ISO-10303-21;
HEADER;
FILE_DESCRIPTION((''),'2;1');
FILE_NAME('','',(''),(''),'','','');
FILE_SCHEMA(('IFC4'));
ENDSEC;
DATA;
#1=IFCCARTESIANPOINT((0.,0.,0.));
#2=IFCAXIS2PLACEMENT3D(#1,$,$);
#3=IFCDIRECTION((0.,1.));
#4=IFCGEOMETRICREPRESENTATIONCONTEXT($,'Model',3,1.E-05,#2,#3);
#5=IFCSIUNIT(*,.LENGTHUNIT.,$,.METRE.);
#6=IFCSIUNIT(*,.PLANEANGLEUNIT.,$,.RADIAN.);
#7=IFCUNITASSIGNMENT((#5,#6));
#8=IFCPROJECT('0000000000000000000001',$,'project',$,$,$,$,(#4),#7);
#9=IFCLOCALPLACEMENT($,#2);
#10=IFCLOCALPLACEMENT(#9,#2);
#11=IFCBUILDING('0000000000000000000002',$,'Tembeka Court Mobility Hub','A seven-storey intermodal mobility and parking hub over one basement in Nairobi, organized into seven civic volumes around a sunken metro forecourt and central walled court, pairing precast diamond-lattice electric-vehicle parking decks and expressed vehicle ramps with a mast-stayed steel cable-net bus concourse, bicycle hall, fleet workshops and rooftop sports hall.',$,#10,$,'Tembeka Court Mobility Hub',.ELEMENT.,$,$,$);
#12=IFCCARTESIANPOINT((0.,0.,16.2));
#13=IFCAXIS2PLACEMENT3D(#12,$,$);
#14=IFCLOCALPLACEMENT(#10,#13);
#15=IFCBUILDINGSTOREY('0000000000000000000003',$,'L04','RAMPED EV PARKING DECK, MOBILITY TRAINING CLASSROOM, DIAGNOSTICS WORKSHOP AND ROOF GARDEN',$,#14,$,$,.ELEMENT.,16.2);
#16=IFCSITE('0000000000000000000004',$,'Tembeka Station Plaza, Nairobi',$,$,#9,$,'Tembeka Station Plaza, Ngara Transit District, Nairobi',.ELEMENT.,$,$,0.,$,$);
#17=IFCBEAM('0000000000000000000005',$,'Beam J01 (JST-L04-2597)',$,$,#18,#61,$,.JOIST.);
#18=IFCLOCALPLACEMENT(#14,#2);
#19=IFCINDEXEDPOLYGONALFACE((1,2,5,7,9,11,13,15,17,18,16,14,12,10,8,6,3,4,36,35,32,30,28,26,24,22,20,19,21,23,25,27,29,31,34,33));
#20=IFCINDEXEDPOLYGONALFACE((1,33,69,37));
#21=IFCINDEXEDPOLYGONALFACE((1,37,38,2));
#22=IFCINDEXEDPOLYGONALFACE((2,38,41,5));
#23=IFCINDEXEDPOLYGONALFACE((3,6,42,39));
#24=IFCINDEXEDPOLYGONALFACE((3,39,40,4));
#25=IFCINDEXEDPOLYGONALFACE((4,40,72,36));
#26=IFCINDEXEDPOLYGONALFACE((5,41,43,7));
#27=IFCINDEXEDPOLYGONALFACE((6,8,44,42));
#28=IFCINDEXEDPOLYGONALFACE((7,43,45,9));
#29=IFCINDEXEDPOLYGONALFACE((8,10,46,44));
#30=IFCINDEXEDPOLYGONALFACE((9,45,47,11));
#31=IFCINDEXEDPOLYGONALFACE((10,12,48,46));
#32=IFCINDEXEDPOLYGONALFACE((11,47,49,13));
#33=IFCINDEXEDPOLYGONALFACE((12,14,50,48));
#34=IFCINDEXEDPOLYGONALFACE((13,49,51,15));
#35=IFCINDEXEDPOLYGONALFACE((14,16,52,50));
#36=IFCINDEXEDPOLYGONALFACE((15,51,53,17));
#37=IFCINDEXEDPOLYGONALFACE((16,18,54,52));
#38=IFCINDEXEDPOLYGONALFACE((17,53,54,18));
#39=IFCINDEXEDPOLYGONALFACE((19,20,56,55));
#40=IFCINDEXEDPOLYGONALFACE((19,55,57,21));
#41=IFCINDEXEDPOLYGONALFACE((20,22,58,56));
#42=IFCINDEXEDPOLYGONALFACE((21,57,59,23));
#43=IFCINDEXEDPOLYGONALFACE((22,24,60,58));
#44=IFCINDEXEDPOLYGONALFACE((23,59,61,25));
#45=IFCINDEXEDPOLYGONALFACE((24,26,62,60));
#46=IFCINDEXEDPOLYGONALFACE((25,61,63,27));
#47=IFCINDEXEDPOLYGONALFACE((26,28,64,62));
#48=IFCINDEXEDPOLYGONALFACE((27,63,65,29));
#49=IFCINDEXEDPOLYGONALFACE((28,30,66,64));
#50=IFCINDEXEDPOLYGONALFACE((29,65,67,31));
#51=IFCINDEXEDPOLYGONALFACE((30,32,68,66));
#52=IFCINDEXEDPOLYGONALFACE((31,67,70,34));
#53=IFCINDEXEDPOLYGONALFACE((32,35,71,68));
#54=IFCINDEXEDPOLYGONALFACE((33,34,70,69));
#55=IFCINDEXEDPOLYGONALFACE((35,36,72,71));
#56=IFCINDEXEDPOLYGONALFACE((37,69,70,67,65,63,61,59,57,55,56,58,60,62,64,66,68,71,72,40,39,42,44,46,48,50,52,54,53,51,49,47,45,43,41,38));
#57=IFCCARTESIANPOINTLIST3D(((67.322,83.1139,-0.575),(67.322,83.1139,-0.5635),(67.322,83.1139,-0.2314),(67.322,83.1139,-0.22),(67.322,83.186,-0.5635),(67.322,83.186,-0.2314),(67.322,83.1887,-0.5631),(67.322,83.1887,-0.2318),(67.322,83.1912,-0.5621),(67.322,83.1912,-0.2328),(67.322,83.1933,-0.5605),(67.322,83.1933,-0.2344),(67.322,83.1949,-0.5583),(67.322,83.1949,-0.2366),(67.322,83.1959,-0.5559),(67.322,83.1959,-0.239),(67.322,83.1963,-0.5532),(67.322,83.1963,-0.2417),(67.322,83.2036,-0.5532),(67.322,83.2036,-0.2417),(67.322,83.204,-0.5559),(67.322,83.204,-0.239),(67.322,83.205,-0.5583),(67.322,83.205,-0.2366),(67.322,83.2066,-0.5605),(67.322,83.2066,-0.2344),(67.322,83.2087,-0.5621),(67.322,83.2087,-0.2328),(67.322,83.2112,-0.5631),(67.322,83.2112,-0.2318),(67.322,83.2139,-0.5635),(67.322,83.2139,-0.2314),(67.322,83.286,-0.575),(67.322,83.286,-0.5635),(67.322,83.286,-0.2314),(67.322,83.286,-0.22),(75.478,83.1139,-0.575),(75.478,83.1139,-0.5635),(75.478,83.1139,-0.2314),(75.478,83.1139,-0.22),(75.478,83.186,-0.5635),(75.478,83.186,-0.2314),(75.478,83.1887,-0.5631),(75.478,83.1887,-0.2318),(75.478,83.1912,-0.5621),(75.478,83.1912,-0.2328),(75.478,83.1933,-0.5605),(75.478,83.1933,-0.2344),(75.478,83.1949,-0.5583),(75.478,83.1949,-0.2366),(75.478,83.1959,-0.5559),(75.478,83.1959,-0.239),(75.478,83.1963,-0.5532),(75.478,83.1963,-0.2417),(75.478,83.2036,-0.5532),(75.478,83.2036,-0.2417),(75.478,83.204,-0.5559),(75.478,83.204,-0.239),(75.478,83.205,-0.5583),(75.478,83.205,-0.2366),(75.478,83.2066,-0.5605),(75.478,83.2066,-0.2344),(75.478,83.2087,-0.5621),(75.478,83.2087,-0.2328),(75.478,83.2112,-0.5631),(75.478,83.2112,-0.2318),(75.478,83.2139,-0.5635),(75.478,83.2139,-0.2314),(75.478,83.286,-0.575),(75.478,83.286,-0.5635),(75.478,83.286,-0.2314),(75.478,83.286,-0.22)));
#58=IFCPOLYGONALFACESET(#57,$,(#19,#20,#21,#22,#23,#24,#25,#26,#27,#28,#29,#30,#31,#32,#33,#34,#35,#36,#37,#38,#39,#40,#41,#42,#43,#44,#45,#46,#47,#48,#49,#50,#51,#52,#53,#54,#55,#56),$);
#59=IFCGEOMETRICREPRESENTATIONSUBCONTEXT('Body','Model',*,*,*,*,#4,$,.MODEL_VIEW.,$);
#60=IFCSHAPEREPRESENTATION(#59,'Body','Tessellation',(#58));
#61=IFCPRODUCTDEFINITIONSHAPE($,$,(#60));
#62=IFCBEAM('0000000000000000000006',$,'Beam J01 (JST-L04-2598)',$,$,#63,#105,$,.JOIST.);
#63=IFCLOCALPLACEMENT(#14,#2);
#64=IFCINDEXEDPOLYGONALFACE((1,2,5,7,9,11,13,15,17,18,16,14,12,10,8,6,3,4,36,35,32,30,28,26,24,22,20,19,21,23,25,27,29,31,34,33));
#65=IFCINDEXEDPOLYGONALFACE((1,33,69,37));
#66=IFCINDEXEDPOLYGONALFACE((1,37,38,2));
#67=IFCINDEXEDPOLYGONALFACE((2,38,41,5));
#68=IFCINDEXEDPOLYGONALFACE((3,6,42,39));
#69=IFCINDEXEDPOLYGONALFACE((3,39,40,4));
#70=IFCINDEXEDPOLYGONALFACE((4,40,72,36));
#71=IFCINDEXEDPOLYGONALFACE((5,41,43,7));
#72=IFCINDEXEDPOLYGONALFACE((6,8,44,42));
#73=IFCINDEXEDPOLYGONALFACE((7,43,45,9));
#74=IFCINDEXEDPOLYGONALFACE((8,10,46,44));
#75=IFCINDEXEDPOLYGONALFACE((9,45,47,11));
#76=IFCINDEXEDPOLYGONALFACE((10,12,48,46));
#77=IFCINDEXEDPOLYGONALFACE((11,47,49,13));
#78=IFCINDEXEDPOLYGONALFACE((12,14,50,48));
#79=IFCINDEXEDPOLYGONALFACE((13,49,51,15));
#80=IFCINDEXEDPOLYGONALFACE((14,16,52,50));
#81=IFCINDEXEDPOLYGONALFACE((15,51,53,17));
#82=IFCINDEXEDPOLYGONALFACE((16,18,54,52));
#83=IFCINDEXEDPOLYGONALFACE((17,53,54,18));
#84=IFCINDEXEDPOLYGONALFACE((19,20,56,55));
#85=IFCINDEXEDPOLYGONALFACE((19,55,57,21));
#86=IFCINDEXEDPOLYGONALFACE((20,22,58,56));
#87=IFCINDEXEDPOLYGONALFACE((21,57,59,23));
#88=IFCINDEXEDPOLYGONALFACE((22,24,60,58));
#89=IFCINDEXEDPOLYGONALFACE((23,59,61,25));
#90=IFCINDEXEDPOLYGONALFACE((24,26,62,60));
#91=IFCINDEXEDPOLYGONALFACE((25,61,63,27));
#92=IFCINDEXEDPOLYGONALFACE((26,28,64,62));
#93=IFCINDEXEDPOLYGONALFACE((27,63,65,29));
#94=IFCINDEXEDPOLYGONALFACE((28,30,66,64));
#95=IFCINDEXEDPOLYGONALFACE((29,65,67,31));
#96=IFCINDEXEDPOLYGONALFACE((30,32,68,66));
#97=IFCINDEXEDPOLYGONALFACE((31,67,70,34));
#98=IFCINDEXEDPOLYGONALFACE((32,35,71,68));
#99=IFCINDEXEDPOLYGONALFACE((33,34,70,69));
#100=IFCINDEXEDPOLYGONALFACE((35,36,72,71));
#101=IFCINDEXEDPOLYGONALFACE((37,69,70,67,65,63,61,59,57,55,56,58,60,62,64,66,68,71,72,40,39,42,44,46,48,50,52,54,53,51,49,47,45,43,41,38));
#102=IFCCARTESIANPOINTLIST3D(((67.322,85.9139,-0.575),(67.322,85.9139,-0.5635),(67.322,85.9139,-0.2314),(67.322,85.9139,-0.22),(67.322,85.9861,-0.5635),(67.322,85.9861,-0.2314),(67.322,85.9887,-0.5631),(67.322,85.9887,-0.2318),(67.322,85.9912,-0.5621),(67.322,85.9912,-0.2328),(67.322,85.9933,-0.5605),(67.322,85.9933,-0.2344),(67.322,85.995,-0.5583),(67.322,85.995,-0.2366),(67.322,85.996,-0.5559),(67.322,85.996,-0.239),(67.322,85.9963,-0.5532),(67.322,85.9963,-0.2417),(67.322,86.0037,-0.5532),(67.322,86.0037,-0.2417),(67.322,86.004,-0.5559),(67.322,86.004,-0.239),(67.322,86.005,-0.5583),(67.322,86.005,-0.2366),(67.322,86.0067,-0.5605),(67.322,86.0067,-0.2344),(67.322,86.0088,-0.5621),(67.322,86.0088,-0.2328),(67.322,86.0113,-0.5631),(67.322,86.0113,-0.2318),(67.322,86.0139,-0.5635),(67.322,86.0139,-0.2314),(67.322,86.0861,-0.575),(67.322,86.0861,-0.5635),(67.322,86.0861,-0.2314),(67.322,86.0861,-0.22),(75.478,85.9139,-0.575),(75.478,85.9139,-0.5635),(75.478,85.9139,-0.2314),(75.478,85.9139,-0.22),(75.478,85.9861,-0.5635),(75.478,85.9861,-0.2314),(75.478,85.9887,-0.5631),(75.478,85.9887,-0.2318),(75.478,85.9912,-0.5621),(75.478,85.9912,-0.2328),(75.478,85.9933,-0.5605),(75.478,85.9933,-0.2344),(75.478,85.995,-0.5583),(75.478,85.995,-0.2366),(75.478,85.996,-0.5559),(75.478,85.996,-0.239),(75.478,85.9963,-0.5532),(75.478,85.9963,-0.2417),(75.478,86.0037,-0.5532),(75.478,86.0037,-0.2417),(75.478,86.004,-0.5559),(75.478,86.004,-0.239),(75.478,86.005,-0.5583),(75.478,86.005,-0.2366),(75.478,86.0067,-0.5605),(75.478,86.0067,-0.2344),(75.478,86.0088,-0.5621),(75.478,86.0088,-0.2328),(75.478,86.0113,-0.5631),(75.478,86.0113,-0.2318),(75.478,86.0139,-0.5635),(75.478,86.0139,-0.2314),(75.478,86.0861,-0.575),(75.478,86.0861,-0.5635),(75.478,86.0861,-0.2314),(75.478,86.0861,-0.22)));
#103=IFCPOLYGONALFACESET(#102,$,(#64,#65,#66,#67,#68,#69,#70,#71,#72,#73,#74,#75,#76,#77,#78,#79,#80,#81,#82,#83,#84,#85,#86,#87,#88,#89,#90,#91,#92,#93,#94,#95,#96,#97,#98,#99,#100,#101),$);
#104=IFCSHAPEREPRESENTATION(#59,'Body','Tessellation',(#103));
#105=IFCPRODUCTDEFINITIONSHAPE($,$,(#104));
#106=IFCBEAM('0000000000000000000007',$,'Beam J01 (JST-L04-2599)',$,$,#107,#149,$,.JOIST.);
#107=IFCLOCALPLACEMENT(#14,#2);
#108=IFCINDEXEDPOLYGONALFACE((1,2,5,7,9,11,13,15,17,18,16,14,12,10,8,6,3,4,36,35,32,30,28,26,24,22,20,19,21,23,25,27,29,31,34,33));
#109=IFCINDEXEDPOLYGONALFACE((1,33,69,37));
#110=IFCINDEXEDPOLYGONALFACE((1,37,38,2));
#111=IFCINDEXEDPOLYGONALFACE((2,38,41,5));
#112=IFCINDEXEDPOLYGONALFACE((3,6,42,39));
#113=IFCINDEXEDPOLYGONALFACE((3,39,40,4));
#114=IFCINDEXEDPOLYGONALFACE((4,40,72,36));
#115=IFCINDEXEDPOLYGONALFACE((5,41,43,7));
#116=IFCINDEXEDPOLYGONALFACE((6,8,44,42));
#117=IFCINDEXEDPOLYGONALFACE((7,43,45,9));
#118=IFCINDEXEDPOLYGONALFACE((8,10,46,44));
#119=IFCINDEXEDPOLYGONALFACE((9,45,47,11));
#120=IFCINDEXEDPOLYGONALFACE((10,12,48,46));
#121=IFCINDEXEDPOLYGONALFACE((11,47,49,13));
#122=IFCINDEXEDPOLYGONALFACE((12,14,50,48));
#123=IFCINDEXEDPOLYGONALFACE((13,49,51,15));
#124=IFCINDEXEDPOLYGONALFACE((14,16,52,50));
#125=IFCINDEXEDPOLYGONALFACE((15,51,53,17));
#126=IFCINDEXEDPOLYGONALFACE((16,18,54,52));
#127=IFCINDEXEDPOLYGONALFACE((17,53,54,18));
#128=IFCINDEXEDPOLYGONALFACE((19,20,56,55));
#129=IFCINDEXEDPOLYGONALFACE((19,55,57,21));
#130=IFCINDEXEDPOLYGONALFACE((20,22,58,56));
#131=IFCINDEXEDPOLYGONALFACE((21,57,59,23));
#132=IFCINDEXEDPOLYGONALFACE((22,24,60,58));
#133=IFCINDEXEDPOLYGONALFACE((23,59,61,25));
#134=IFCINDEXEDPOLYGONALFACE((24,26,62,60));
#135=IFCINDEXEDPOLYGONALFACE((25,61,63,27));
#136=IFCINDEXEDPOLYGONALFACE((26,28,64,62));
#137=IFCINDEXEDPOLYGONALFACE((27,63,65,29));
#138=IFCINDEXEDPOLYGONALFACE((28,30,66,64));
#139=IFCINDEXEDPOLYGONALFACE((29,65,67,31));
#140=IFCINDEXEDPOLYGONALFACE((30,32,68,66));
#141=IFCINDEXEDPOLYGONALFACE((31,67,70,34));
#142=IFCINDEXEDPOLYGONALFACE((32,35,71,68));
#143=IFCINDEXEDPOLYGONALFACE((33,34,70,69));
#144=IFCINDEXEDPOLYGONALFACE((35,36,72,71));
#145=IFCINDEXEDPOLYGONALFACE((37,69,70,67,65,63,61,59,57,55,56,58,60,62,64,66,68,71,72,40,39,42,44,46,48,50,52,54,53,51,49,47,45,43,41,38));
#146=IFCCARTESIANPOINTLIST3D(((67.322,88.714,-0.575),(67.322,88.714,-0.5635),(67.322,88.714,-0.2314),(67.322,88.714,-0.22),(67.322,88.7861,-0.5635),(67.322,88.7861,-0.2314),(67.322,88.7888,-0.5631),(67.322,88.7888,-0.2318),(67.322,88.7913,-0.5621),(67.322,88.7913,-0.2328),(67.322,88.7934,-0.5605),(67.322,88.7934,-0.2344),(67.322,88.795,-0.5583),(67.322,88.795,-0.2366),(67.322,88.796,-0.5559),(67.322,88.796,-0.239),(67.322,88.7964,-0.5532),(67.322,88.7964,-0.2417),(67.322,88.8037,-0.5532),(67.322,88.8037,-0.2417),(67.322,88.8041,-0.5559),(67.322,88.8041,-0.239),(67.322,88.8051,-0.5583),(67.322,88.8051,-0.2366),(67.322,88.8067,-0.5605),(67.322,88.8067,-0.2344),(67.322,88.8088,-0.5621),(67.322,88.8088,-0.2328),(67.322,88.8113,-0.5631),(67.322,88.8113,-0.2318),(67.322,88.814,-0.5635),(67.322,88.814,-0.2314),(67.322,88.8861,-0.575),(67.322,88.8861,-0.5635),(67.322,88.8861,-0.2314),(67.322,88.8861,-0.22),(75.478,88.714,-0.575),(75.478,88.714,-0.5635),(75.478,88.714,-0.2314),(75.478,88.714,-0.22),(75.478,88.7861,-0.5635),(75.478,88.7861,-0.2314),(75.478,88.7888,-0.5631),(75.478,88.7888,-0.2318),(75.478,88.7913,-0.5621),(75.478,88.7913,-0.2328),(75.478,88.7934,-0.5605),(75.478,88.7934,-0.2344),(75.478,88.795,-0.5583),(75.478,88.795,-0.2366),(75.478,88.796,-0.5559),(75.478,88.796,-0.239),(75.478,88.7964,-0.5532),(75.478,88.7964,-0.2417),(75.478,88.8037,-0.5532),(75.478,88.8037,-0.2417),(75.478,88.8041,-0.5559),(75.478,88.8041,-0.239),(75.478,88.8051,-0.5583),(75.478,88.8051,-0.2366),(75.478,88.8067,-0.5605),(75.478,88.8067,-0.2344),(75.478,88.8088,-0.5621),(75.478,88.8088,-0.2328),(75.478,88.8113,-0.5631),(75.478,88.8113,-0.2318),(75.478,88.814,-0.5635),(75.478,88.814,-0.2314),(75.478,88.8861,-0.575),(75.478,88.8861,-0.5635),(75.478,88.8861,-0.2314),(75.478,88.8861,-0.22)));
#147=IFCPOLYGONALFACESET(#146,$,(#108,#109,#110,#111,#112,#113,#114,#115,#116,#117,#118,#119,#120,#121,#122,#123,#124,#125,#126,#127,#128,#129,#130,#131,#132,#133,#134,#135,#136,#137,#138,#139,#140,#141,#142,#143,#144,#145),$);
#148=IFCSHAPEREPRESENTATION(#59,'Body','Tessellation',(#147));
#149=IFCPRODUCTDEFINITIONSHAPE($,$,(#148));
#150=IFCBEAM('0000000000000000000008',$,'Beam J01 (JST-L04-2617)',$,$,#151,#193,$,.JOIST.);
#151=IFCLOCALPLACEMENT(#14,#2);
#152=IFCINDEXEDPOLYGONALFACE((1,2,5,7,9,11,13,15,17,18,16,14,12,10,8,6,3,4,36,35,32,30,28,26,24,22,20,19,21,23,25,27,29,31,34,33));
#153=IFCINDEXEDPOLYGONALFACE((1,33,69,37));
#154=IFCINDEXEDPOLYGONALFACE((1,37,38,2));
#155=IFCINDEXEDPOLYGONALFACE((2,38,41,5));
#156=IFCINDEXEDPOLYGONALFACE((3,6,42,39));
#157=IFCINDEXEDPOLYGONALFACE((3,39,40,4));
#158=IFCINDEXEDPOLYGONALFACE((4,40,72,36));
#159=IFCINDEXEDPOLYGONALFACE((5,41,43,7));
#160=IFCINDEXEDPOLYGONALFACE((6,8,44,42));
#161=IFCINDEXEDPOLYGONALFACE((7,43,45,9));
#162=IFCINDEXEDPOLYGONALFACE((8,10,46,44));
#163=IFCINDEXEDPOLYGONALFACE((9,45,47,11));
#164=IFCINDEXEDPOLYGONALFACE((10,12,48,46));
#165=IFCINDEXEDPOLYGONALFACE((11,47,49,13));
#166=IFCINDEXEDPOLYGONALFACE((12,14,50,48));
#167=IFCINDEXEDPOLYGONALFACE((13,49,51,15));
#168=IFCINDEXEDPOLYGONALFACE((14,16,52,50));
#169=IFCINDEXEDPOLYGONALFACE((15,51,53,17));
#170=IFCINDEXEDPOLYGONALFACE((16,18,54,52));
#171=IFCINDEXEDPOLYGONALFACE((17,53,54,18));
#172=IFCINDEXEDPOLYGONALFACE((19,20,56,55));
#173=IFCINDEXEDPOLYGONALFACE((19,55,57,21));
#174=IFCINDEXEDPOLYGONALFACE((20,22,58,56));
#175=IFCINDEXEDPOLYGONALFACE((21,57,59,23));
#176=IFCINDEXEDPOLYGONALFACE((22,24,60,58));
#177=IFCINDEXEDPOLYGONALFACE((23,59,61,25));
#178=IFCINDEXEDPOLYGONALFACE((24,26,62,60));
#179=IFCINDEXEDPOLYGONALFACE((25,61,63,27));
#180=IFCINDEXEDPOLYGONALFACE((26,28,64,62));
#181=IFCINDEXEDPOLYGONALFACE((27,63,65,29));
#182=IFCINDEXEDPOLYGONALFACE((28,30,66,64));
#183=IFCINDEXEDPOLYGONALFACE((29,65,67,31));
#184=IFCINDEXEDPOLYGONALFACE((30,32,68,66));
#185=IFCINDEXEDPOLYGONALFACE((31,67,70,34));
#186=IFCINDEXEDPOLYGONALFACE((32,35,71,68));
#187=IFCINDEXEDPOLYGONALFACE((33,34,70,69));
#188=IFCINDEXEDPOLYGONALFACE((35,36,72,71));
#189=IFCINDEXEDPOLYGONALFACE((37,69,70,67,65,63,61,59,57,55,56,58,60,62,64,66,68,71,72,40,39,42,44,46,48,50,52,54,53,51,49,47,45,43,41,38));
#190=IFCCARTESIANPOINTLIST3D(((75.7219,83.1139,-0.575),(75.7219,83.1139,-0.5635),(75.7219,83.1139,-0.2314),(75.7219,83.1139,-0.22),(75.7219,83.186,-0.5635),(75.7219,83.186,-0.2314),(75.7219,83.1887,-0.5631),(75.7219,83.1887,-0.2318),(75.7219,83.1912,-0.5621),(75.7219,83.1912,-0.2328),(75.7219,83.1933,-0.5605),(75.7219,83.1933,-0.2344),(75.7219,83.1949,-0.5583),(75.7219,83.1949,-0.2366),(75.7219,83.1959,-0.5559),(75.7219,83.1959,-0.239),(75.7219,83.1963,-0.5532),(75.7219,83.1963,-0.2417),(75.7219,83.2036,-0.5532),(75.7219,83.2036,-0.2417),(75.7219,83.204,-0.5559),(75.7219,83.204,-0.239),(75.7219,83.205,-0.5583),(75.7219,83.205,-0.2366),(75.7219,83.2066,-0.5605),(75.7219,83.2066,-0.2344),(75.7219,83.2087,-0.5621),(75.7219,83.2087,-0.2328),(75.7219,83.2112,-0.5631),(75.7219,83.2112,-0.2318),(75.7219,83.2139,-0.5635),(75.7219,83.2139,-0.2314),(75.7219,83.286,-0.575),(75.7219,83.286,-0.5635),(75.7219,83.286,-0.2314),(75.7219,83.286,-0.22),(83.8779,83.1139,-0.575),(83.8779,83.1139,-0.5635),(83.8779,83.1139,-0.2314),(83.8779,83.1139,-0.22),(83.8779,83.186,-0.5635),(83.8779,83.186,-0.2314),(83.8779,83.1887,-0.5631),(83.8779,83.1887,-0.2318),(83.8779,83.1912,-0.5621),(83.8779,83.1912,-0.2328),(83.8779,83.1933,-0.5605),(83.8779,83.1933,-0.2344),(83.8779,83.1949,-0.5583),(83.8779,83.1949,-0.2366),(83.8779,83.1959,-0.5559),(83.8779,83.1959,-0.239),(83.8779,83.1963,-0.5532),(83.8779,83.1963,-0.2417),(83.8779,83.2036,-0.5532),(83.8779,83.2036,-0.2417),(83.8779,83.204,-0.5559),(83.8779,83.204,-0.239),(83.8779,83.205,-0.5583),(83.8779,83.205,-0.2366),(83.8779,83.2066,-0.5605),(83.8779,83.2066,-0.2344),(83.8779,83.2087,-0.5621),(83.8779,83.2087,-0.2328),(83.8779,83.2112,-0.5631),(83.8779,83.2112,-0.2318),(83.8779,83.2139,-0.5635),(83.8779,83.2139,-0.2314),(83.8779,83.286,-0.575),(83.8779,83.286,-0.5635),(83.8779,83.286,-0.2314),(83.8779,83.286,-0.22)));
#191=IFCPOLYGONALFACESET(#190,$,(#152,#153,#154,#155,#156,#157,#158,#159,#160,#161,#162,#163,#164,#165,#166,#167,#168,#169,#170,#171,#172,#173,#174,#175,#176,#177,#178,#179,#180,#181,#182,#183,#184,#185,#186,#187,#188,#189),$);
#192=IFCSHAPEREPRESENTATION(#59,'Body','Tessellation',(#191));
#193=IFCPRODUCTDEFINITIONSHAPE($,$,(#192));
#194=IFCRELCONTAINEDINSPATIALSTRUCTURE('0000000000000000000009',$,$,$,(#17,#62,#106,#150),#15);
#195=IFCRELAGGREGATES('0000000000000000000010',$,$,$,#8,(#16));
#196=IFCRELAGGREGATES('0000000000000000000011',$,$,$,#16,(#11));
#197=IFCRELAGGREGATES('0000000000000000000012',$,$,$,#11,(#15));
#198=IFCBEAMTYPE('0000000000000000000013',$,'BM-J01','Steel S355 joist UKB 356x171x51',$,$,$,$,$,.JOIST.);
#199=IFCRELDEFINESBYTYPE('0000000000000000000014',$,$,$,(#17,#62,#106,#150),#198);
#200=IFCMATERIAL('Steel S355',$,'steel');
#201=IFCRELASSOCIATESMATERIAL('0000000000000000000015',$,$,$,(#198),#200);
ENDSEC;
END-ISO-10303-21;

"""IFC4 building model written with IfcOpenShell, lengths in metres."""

from ifc_helpers import new_model, si_unit, direction, frame, origin, origin_2d, place, context, subcontext, project, spatial, i_section, extrude, material, material_profile, profile_set, type_object, element, save


model = new_model("IFC4")

# Units and contexts
model_context = context("Model", 3, precision=1e-05, world=origin(), true_north=direction((0.0, 1.0)))
body_context = subcontext(model_context, "Body", "Model", "MODEL_VIEW")
ifc_project = project(units=[si_unit("LENGTHUNIT", "METRE"), si_unit("PLANEANGLEUNIT", "RADIAN")], contexts=[model_context])

# Site, building, storey
site_placement = place(None, origin())
site = spatial("IfcSite", under=ifc_project, at=site_placement, Name="Tembeka Station Plaza, Nairobi", LongName="Tembeka Station Plaza, Ngara Transit District, Nairobi", CompositionType="ELEMENT", RefElevation=0.0)
building_placement = place(site_placement, origin())
building = spatial("IfcBuilding", under=site, at=building_placement, Name="Tembeka Court Mobility Hub", Description="A seven-storey intermodal mobility and parking hub over one basement in Nairobi, organized into seven civic volumes around a sunken metro forecourt and central walled court, pairing precast diamond-lattice electric-vehicle parking decks and expressed vehicle ramps with a mast-stayed steel cable-net bus concourse, bicycle hall, fleet workshops and rooftop sports hall.", LongName="Tembeka Court Mobility Hub", CompositionType="ELEMENT")
storey_placement = place(building_placement, frame((0.0, 0.0, 16.2)))
storey = spatial("IfcBuildingStorey", under=building, at=storey_placement, Name="L04", Description="RAMPED EV PARKING DECK, MOBILITY TRAINING CLASSROOM, DIAGNOSTICS WORKSHOP AND ROOF GARDEN", CompositionType="ELEMENT", Elevation=16.2)

# Shared definitions
ifc_material_1 = material(Name="Steel S355", Category="steel")

# Beams
ifc_material_profile_1 = material_profile(ifc_material_1, i_section(OverallWidth=0.1721, OverallDepth=0.355, WebThickness=0.0073, FlangeThickness=0.0115, FilletRadius=0.0103, at=origin_2d()), Name="UKB 356x171x51")
ifc_profile_set_1 = profile_set([ifc_material_profile_1], Name="Steel S355")
beam_type_1 = type_object("IfcBeamType", Name="BM-J01", Description="Steel S355 joist UKB 356x171x51", PredefinedType="JOIST", material=ifc_profile_set_1)
for number, where, z_axis, x_axis, name in (
    (1, (67.322, 83.2, -0.3975), (1.0, 0.0, 0.0), (0.0, 1.0, 0.0), "Beam J01 (JST-L04-2597)"),
    (2, (67.322, 86.0, -0.3975), (1.0, 0.0, 0.0), (0.0, 1.0, 0.0), "Beam J01 (JST-L04-2598)"),
    (3, (67.322, 88.8, -0.3975), (1.0, 0.0, 0.0), (0.0, 1.0, 0.0), "Beam J01 (JST-L04-2599)"),
    (4, (75.7219, 83.2, -0.3975), (1.0, 0.0, 0.0), (0.0, 1.0, 0.0), "Beam J01 (JST-L04-2617)"),
):
    element("IfcBeam", number, at=place(storey_placement, frame(where, z_axis=z_axis, x_axis=x_axis)), inside=storey, type_object=beam_type_1, Name=name, PredefinedType="JOIST", context=body_context, shape_type="SweptSolid", body=[
        extrude(i_section(OverallWidth=0.1721, OverallDepth=0.355, WebThickness=0.0073, FlangeThickness=0.0115, FilletRadius=0.0103, at=origin_2d()), origin(), (0.0, 0.0, 1.0), 8.156),
    ])

save(model, "model.ifc")
